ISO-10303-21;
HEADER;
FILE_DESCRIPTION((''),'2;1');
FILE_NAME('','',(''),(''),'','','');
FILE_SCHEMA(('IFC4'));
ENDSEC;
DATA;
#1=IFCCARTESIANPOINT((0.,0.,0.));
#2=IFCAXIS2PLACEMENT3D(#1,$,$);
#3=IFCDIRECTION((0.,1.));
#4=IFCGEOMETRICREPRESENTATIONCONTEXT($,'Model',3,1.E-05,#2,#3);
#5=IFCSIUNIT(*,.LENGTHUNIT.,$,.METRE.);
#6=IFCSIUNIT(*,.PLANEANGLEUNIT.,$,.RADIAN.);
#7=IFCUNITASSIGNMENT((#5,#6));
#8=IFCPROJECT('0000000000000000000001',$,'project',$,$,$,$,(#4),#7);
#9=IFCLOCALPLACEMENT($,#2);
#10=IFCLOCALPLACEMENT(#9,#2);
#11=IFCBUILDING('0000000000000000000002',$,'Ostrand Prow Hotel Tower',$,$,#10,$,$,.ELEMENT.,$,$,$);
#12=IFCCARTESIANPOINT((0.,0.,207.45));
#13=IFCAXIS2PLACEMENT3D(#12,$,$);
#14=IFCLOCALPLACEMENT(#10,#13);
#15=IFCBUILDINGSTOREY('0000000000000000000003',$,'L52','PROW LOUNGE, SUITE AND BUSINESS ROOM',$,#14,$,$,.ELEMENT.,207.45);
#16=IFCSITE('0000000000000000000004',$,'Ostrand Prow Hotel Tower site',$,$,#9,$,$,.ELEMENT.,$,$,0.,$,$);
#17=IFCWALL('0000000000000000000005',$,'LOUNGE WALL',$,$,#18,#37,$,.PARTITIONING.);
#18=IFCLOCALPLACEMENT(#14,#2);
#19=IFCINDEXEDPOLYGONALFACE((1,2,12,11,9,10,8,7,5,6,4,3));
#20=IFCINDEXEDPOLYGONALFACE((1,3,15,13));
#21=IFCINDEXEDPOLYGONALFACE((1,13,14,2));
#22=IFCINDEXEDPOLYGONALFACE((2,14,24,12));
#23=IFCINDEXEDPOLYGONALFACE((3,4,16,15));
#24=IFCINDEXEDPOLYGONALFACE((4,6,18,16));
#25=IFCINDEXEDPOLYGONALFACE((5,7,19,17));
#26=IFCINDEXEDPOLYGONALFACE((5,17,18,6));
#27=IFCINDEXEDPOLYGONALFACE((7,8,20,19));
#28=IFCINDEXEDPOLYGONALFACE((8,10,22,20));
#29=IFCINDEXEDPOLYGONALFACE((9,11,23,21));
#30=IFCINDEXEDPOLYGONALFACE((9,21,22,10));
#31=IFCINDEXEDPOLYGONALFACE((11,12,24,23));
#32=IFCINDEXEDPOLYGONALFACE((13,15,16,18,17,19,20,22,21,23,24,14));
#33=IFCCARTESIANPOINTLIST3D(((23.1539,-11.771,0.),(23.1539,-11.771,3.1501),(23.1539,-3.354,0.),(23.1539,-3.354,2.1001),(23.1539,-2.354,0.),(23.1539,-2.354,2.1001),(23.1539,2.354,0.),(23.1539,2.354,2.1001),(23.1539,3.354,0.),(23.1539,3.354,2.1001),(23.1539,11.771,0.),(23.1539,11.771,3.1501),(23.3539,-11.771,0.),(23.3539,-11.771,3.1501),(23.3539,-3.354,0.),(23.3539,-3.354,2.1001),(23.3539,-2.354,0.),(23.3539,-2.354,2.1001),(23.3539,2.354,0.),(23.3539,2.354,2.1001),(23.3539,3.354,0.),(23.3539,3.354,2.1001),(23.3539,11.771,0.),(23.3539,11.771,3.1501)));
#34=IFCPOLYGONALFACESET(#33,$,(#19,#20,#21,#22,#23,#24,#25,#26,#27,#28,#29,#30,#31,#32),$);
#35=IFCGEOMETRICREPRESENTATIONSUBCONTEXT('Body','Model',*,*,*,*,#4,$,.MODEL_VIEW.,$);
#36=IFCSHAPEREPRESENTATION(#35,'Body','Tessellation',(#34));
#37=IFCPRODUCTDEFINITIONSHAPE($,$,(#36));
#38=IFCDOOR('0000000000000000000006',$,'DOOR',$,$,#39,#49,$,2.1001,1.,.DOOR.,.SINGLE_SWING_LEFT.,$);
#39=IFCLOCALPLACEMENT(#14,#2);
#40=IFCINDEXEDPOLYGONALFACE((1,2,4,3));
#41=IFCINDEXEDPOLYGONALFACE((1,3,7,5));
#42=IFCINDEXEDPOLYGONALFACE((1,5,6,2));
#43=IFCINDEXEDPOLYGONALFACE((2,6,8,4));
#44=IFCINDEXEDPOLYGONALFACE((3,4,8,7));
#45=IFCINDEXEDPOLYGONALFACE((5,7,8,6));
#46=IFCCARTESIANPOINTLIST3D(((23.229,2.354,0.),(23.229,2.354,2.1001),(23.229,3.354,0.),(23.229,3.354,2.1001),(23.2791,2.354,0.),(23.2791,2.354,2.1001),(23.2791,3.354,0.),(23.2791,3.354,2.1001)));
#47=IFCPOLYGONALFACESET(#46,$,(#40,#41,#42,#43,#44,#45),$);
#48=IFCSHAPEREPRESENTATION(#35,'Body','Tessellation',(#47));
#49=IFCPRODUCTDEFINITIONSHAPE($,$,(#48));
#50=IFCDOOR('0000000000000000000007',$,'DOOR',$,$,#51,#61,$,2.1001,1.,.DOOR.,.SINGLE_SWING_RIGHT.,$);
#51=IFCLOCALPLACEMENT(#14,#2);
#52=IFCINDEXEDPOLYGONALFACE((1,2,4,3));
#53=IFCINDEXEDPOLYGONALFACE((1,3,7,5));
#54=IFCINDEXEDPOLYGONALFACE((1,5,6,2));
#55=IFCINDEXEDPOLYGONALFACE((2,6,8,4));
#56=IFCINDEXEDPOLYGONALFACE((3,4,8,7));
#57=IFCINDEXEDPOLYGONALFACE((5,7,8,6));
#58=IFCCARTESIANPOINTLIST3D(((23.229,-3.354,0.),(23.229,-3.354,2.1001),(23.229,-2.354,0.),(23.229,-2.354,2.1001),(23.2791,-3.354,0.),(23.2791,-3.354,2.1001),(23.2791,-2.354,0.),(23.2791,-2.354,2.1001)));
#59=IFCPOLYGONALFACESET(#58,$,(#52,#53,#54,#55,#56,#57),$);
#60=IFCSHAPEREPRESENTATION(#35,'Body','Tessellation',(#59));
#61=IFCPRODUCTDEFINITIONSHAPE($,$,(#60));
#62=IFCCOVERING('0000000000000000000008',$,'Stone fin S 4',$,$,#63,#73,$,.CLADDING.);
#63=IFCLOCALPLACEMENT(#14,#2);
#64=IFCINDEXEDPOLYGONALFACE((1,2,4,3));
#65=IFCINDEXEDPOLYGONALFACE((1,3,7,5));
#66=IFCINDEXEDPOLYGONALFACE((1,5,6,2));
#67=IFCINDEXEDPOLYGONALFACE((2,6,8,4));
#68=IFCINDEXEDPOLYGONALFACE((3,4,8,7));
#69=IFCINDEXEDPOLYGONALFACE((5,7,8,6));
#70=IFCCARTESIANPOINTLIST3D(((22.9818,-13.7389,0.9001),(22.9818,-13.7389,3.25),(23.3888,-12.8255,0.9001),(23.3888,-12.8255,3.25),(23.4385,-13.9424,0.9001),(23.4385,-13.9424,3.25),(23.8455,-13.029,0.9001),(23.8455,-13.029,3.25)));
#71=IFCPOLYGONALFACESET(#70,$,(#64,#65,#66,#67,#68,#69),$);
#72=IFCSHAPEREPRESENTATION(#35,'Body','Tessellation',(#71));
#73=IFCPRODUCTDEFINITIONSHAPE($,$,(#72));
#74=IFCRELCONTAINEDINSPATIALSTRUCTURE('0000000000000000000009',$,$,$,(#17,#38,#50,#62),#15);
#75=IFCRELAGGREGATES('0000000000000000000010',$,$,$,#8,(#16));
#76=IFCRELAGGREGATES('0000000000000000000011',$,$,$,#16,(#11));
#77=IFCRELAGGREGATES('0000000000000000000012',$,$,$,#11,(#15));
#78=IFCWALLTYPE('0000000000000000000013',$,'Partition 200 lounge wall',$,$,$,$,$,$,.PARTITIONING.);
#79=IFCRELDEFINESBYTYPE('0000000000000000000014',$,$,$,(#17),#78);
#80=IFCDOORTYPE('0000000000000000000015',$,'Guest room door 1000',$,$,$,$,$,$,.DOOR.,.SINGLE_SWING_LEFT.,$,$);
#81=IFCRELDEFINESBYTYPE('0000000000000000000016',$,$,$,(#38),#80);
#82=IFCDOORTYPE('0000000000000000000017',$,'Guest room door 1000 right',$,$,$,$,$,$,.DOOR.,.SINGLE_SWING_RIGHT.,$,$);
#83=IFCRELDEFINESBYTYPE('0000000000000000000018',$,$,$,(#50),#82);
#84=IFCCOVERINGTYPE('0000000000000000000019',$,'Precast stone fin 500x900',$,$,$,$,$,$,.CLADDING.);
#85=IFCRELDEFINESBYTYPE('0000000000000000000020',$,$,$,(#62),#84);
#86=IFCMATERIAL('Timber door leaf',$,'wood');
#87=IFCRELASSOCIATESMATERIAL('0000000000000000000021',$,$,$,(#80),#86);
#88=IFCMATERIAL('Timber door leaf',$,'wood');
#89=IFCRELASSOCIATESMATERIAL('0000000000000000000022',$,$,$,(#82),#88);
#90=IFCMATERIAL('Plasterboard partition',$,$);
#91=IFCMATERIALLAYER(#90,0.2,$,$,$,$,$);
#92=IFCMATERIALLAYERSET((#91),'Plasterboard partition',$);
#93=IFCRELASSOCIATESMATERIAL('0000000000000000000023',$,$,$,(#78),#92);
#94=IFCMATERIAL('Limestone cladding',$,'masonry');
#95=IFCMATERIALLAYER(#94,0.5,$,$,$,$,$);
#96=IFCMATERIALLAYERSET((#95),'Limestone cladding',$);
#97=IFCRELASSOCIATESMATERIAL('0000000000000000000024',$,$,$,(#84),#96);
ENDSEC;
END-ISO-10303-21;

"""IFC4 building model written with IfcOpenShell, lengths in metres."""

from ifc_helpers import new_model, si_unit, direction, frame, frame_2d, origin, place, context, subcontext, project, spatial, rectangle, extrude, material, layer, layer_set, type_object, element, fill, save


model = new_model("IFC4")

# Units and contexts
model_context = context("Model", 3, precision=1e-05, world=origin(), true_north=direction((0.0, 1.0)))
body_context = subcontext(model_context, "Body", "Model", "MODEL_VIEW")
ifc_project = project(units=[si_unit("LENGTHUNIT", "METRE"), si_unit("PLANEANGLEUNIT", "RADIAN")], contexts=[model_context])

# Site, building, storey
site_placement = place(None, origin())
site = spatial("IfcSite", under=ifc_project, at=site_placement, Name="Ostrand Prow Hotel Tower site", CompositionType="ELEMENT", RefElevation=0.0)
building_placement = place(site_placement, origin())
building = spatial("IfcBuilding", under=site, at=building_placement, Name="Ostrand Prow Hotel Tower", CompositionType="ELEMENT")
storey_placement = place(building_placement, frame((0.0, 0.0, 207.45)))
storey = spatial("IfcBuildingStorey", under=building, at=storey_placement, Name="L52", Description="PROW LOUNGE, SUITE AND BUSINESS ROOM", CompositionType="ELEMENT", Elevation=207.45)

# Shared definitions
ifc_material_1 = material(Name="Timber door leaf", Category="wood")
door_type_1 = type_object("IfcDoorType", Name="Guest room door 1000", OperationType="SINGLE_SWING_LEFT", PredefinedType="DOOR", material=ifc_material_1)
ifc_material_2 = material(Name="Timber door leaf", Category="wood")
door_type_2 = type_object("IfcDoorType", Name="Guest room door 1000 right", OperationType="SINGLE_SWING_RIGHT", PredefinedType="DOOR", material=ifc_material_2)

# Wall, openings, doors
ifc_material_3 = material(Name="Plasterboard partition")
ifc_layer_1 = layer(ifc_material_3, 0.2)
ifc_layer_set_1 = layer_set([ifc_layer_1], Name="Plasterboard partition")
wall_type_1 = type_object("IfcWallType", Name="Partition 200 lounge wall", PredefinedType="PARTITIONING", material=ifc_layer_set_1)
wall_1_placement = place(storey_placement, frame((23.2539, -11.771, 0.0), z_axis=(0.0, 0.0, 1.0), x_axis=(0.0, 1.0, 0.0)))
wall_1 = element("IfcWall", 1, at=wall_1_placement, inside=storey, type_object=wall_type_1, Name="LOUNGE WALL", PredefinedType="PARTITIONING", context=body_context, shape_type="SweptSolid", body=[
    extrude(rectangle(XDim=23.542, YDim=0.2, at=frame_2d((11.771, 0.0))), origin(), (0.0, 0.0, 1.0), 3.1501),
])
opening_1_placement = place(wall_1_placement, frame((14.125, 0.0, 0.0)))
opening_1 = element("IfcOpeningElement", 2, at=opening_1_placement, cuts=wall_1, PredefinedType="OPENING", context=body_context, shape_type="SweptSolid", body=[
    extrude(rectangle(XDim=1.0, YDim=2.1001, at=frame_2d((0.5, 1.05))), frame((0.0, 0.1099, 0.0), z_axis=(0.0, -1.0, 0.0), x_axis=(1.0, 0.0, 0.0)), (0.0, 0.0, 1.0), 0.22),
])
opening_2_placement = place(wall_1_placement, frame((8.417, 0.0, 0.0)))
opening_2 = element("IfcOpeningElement", 3, at=opening_2_placement, cuts=wall_1, PredefinedType="OPENING", context=body_context, shape_type="SweptSolid", body=[
    extrude(rectangle(XDim=1.0, YDim=2.1001, at=frame_2d((0.5, 1.05))), frame((0.0, 0.1099, 0.0), z_axis=(0.0, -1.0, 0.0), x_axis=(1.0, 0.0, 0.0)), (0.0, 0.0, 1.0), 0.22),
])
door_1_placement = place(opening_1_placement, origin())
door_1 = element("IfcDoor", 4, at=door_1_placement, inside=storey, type_object=door_type_1, Name="DOOR", OperationType="SINGLE_SWING_LEFT", OverallHeight=2.1001, OverallWidth=1.0, PredefinedType="DOOR", context=body_context, shape_type="SweptSolid", body=[
    extrude(rectangle(XDim=1.0, YDim=2.1001, at=frame_2d((0.5, 1.05))), frame((0.0, 0.0249, 0.0), z_axis=(0.0, -1.0, 0.0), x_axis=(1.0, 0.0, 0.0)), (0.0, 0.0, 1.0), 0.05),
])
fill(opening_1, door_1)
door_2_placement = place(opening_2_placement, origin())
door_2 = element("IfcDoor", 5, at=door_2_placement, inside=storey, type_object=door_type_2, Name="DOOR", OperationType="SINGLE_SWING_RIGHT", OverallHeight=2.1001, OverallWidth=1.0, PredefinedType="DOOR", context=body_context, shape_type="SweptSolid", body=[
    extrude(rectangle(XDim=1.0, YDim=2.1001, at=frame_2d((0.5, 1.05))), frame((0.0, 0.0249, 0.0), z_axis=(0.0, -1.0, 0.0), x_axis=(1.0, 0.0, 0.0)), (0.0, 0.0, 1.0), 0.05),
])
fill(opening_2, door_2)

# Covering
ifc_material_4 = material(Name="Limestone cladding", Category="masonry")
ifc_layer_2 = layer(ifc_material_4, 0.5)
ifc_layer_set_2 = layer_set([ifc_layer_2], Name="Limestone cladding")
covering_type = type_object("IfcCoveringType", Name="Precast stone fin 500x900", PredefinedType="CLADDING", material=ifc_layer_set_2)
covering_placement = place(storey_placement, frame((23.6172, -12.9272, 0.9001), z_axis=(0.0, 0.0, 1.0), x_axis=(-0.407022, -0.913418, 0.0)))
element("IfcCovering", 6, at=covering_placement, inside=storey, type_object=covering_type, Name="Stone fin S 4", PredefinedType="CLADDING", context=body_context, shape_type="SweptSolid", body=[
    extrude(rectangle(XDim=1.0, YDim=0.5, at=frame_2d((0.5, 0.0))), origin(), (0.0, 0.0, 1.0), 2.3499),
])

save(model, "model.ifc")
